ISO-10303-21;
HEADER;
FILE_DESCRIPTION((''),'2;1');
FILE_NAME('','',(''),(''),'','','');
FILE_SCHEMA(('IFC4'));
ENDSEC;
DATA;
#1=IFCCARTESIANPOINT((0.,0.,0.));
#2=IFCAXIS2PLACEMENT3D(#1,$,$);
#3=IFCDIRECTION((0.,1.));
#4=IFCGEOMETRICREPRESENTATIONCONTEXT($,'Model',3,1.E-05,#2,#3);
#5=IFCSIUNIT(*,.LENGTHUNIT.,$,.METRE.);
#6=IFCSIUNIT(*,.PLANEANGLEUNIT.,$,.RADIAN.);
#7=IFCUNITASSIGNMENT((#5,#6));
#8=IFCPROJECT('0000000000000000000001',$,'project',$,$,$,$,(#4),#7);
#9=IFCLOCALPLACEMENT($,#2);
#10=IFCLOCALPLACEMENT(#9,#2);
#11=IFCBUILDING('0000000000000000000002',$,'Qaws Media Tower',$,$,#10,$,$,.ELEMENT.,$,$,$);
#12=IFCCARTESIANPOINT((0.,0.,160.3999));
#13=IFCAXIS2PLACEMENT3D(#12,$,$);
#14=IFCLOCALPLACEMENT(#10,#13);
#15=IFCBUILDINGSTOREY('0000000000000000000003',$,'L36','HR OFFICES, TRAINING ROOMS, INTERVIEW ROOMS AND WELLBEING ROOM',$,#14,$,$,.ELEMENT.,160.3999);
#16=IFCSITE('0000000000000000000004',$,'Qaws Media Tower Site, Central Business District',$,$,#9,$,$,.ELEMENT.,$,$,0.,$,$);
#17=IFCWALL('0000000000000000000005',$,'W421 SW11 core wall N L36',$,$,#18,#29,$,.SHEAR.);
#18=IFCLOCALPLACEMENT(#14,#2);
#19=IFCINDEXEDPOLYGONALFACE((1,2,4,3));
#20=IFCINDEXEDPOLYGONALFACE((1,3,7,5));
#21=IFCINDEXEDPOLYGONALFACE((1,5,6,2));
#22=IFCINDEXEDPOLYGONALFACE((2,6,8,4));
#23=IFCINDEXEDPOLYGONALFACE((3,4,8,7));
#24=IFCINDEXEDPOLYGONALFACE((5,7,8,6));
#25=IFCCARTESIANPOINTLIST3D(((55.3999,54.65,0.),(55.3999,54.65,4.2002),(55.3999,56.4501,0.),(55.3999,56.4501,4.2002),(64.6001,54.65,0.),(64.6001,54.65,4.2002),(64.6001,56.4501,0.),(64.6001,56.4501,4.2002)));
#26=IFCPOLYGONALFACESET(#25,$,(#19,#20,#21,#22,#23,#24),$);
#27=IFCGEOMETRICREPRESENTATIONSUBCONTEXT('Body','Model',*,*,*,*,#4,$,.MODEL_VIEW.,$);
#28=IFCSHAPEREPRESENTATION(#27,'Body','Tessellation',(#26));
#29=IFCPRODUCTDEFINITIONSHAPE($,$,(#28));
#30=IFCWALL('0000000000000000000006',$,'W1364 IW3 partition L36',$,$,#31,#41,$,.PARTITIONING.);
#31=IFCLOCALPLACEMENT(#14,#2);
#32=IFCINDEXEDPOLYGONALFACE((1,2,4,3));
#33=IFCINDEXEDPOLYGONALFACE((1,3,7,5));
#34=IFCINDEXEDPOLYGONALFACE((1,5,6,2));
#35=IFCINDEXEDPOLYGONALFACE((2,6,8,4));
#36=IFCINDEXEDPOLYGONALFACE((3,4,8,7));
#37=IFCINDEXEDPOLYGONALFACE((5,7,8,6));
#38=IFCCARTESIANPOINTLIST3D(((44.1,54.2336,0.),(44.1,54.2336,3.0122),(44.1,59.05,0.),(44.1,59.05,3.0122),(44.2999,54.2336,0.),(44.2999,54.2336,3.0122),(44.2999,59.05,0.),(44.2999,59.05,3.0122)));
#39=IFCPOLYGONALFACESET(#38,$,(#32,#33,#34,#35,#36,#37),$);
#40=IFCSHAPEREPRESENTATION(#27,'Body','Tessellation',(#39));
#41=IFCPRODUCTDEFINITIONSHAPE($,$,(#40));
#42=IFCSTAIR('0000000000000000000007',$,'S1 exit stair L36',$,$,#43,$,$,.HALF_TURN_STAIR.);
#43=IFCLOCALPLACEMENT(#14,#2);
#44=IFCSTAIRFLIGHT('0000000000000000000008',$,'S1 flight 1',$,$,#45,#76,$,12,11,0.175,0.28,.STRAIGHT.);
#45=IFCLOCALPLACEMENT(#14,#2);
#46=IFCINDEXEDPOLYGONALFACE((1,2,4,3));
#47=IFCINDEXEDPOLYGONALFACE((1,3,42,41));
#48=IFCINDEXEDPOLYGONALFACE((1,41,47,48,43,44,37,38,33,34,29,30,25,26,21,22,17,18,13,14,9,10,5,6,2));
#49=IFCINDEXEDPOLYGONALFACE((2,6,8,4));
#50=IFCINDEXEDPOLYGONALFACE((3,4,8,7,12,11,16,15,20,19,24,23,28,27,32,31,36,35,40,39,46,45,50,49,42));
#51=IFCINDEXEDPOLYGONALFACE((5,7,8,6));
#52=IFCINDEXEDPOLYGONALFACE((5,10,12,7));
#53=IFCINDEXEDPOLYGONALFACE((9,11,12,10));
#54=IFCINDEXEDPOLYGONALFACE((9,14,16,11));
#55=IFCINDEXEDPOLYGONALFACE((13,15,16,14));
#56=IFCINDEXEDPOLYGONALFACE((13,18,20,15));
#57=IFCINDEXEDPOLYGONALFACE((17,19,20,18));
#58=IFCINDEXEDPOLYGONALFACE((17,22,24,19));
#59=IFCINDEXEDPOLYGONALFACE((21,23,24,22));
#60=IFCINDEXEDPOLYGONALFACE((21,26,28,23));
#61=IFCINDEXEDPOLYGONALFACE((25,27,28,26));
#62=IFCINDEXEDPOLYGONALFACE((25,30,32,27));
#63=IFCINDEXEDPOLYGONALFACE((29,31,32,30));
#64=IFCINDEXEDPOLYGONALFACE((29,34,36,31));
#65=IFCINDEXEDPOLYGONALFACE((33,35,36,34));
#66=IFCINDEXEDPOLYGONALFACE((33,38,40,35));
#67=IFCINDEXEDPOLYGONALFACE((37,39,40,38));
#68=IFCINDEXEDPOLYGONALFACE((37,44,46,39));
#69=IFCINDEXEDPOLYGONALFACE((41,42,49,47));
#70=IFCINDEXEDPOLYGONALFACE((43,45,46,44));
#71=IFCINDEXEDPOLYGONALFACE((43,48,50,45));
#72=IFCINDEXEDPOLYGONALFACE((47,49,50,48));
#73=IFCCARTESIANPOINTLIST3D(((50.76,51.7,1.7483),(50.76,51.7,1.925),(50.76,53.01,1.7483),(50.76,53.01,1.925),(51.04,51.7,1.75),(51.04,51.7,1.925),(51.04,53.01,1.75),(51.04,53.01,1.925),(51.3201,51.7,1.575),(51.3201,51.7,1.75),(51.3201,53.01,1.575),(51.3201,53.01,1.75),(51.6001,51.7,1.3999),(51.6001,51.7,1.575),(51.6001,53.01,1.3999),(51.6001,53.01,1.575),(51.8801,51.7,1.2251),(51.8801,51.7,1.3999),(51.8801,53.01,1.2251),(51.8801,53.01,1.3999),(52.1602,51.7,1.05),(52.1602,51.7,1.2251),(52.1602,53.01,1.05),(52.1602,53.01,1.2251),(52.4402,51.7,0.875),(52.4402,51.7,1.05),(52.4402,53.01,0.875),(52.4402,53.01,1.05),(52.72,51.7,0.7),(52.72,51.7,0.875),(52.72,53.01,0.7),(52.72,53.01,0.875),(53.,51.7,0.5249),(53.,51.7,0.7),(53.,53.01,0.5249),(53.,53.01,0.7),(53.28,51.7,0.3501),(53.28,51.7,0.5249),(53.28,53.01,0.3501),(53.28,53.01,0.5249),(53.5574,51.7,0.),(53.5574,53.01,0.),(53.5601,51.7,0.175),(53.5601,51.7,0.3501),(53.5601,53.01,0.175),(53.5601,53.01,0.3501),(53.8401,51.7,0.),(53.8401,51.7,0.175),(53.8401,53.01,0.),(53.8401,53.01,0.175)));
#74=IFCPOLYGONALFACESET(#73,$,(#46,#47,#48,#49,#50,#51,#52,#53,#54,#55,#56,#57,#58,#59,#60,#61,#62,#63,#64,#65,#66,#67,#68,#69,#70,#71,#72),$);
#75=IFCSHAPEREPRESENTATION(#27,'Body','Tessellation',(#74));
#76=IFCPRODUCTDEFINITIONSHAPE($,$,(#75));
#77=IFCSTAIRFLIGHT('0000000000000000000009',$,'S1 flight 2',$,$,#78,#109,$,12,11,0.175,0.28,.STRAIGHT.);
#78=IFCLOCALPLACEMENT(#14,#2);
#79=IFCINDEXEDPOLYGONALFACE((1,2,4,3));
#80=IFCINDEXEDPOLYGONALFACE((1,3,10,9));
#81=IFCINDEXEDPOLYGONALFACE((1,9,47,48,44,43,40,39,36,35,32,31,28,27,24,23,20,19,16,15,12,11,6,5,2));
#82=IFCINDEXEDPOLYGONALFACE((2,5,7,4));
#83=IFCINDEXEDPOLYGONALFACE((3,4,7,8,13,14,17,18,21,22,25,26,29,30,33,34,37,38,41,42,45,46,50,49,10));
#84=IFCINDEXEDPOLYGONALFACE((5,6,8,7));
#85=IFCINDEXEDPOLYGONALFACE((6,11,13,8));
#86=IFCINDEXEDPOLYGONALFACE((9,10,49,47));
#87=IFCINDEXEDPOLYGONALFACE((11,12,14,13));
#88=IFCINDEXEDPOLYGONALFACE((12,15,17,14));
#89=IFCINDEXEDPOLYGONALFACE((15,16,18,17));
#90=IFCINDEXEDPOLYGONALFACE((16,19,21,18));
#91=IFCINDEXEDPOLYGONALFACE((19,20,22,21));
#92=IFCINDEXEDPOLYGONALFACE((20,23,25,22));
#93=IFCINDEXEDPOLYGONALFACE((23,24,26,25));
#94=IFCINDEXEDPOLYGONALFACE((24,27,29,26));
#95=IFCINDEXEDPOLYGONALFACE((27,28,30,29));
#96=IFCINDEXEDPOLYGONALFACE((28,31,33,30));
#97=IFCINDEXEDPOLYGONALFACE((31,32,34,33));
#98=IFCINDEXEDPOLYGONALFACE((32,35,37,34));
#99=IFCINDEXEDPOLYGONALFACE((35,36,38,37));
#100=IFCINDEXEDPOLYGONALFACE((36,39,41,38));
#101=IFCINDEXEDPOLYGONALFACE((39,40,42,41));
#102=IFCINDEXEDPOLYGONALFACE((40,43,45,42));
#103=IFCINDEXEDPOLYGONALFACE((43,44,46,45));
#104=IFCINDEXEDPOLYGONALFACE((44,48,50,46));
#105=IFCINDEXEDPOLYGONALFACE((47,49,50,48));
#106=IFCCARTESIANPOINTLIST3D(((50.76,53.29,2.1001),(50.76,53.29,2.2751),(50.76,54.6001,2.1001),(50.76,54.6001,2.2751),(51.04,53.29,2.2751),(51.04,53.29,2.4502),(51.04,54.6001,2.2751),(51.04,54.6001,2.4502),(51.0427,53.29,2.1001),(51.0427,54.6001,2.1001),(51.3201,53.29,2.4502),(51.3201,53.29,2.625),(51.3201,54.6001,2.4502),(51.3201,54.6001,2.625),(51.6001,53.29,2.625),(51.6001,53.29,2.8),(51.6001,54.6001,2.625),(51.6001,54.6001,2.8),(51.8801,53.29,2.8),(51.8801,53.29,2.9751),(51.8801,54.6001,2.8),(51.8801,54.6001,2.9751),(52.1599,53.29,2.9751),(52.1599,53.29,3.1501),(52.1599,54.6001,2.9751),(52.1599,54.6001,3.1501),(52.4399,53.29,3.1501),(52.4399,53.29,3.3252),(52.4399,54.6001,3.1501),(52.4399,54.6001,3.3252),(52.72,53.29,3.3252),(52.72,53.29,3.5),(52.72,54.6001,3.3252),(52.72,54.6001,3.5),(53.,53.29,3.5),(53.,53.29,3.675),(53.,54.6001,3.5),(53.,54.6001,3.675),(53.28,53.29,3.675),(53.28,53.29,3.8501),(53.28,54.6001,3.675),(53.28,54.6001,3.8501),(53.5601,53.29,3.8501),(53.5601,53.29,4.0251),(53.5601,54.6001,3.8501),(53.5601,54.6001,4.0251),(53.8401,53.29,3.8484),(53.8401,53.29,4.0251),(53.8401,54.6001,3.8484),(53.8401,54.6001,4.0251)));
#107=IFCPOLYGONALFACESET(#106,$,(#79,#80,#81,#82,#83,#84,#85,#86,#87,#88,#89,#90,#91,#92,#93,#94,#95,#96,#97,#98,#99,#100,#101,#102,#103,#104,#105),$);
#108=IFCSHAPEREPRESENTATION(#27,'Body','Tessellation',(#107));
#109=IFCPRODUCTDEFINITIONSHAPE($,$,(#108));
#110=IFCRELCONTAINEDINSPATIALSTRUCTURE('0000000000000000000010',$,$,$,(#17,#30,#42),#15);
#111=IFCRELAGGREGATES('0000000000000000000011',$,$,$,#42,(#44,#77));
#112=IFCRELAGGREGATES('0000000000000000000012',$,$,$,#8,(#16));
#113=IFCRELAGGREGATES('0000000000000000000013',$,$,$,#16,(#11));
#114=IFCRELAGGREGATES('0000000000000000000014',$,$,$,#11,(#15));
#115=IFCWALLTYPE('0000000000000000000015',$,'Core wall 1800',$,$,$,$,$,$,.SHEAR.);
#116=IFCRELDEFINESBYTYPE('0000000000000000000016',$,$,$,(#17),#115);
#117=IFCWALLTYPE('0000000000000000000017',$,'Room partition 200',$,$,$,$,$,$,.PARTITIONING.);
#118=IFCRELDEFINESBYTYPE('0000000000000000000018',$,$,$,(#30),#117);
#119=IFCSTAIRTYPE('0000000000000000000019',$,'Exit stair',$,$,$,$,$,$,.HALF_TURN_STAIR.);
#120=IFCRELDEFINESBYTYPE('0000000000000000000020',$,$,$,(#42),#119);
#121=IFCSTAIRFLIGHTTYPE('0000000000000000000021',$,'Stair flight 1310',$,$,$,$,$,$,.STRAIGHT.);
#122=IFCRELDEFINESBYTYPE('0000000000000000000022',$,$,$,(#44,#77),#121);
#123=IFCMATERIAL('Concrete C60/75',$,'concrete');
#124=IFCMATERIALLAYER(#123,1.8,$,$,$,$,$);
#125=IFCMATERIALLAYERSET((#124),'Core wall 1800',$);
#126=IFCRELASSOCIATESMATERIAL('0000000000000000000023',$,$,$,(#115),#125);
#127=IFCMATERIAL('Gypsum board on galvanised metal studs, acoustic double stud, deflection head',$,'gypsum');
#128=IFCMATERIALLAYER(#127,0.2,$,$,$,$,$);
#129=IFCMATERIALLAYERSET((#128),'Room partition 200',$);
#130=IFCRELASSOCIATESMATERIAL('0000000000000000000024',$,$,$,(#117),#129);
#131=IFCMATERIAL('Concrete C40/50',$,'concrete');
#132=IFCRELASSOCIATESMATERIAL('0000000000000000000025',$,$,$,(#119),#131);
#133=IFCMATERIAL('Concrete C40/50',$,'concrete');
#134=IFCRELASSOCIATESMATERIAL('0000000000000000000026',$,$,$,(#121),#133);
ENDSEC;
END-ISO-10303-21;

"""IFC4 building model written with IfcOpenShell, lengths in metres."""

from ifc_helpers import new_model, si_unit, direction, frame, frame_2d, origin, place, context, subcontext, project, spatial, polyline, rectangle, outline, extrude, material, layer, layer_set, type_object, element, aggregate, save


model = new_model("IFC4")

# Units and contexts
model_context = context("Model", 3, precision=1e-05, world=origin(), true_north=direction((0.0, 1.0)))
body_context = subcontext(model_context, "Body", "Model", "MODEL_VIEW")
ifc_project = project(units=[si_unit("LENGTHUNIT", "METRE"), si_unit("PLANEANGLEUNIT", "RADIAN")], contexts=[model_context])

# Site, building, storey
site_placement = place(None, origin())
site = spatial("IfcSite", under=ifc_project, at=site_placement, Name="Qaws Media Tower Site, Central Business District", CompositionType="ELEMENT", RefElevation=0.0)
building_placement = place(site_placement, origin())
building = spatial("IfcBuilding", under=site, at=building_placement, Name="Qaws Media Tower", CompositionType="ELEMENT")
storey_placement = place(building_placement, frame((0.0, 0.0, 160.3999)))
storey = spatial("IfcBuildingStorey", under=building, at=storey_placement, Name="L36", Description="HR OFFICES, TRAINING ROOMS, INTERVIEW ROOMS AND WELLBEING ROOM", CompositionType="ELEMENT", Elevation=160.3999)

# Walls
ifc_material_1 = material(Name="Concrete C60/75", Category="concrete")
ifc_layer_1 = layer(ifc_material_1, 1.8)
ifc_layer_set_1 = layer_set([ifc_layer_1], Name="Core wall 1800")
wall_type_1 = type_object("IfcWallType", Name="Core wall 1800", PredefinedType="SHEAR", material=ifc_layer_set_1)
wall_1_placement = place(storey_placement, frame((55.3999, 55.55, 0.0), z_axis=(0.0, 0.0, 1.0), x_axis=(1.0, 0.0, 0.0)))
element("IfcWall", 1, at=wall_1_placement, inside=storey, type_object=wall_type_1, Name="W421 SW11 core wall N L36", PredefinedType="SHEAR", context=body_context, shape_type="SweptSolid", body=[
    extrude(rectangle(XDim=9.2002, YDim=1.8, at=frame_2d((4.6001, 0.0))), origin(), (0.0, 0.0, 1.0), 4.2002),
])
ifc_material_2 = material(Name="Gypsum board on galvanised metal studs, acoustic double stud, deflection head", Category="gypsum")
ifc_layer_2 = layer(ifc_material_2, 0.2)
ifc_layer_set_2 = layer_set([ifc_layer_2], Name="Room partition 200")
wall_type_2 = type_object("IfcWallType", Name="Room partition 200", PredefinedType="PARTITIONING", material=ifc_layer_set_2)
wall_2_placement = place(storey_placement, frame((44.2, 54.2336, 0.0), z_axis=(0.0, 0.0, 1.0), x_axis=(0.0, 1.0, 0.0)))
element("IfcWall", 2, at=wall_2_placement, inside=storey, type_object=wall_type_2, Name="W1364 IW3 partition L36", PredefinedType="PARTITIONING", context=body_context, shape_type="SweptSolid", body=[
    extrude(rectangle(XDim=4.8164, YDim=0.2, at=frame_2d((2.4082, 0.0))), origin(), (0.0, 0.0, 1.0), 3.0122),
])

# Stair, stair flights
ifc_material_3 = material(Name="Concrete C40/50", Category="concrete")
stair_type = type_object("IfcStairType", Name="Exit stair", PredefinedType="HALF_TURN_STAIR", material=ifc_material_3)
stair_placement = place(storey_placement, origin())
stair = element("IfcStair", 3, at=stair_placement, inside=storey, type_object=stair_type, Name="S1 exit stair L36", PredefinedType="HALF_TURN_STAIR")
ifc_material_4 = material(Name="Concrete C40/50", Category="concrete")
stair_flight_type = type_object("IfcStairFlightType", Name="Stair flight 1310", PredefinedType="STRAIGHT", material=ifc_material_4)
stair_flight_1_placement = place(storey_placement, frame((53.8401, 52.355, 0.0), z_axis=(0.0, 0.0, 1.0), x_axis=(-1.0, 0.0, 0.0)))
stair_flight_1 = element("IfcStairFlight", 4, at=stair_flight_1_placement, type_object=stair_flight_type, Name="S1 flight 1", NumberOfRisers=12, NumberOfTreads=11, PredefinedType="STRAIGHT", RiserHeight=0.175, TreadLength=0.28, context=body_context, shape_type="SweptSolid", body=[
    extrude(outline(polyline([(0.0, 0.0), (0.0, 0.175), (0.28, 0.175), (0.28, 0.3501), (0.5601, 0.3501), (0.5601, 0.5249), (0.8401, 0.5249), (0.8401, 0.7), (1.1201, 0.7), (1.1201, 0.875), (1.3999, 0.875), (1.3999, 1.05), (1.6799, 1.05), (1.6799, 1.2251), (1.96, 1.2251), (1.96, 1.3999), (2.24, 1.3999), (2.24, 1.575), (2.52, 1.575), (2.52, 1.75), (2.8, 1.75), (2.8, 1.925), (3.0801, 1.925), (3.0801, 2.1001), (3.0801, 1.7483), (0.2827, 0.0), (0.0, 0.0)])), frame((0.0, 0.655, 0.0), z_axis=(0.0, -1.0, 0.0), x_axis=(1.0, 0.0, 0.0)), (0.0, 0.0, 1.0), 1.3101),
])
stair_flight_2_placement = place(storey_placement, frame((50.76, 53.9451, 2.1001), z_axis=(0.0, 0.0, 1.0), x_axis=(1.0, 0.0, 0.0)))
stair_flight_2 = element("IfcStairFlight", 5, at=stair_flight_2_placement, type_object=stair_flight_type, Name="S1 flight 2", NumberOfRisers=12, NumberOfTreads=11, PredefinedType="STRAIGHT", RiserHeight=0.175, TreadLength=0.28, context=body_context, shape_type="SweptSolid", body=[
    extrude(outline(polyline([(0.0, 0.0), (0.0, 0.175), (0.28, 0.175), (0.28, 0.3501), (0.5601, 0.3501), (0.5601, 0.5249), (0.8401, 0.5249), (0.8401, 0.7), (1.1201, 0.7), (1.1201, 0.875), (1.3999, 0.875), (1.3999, 1.05), (1.6799, 1.05), (1.6799, 1.2251), (1.96, 1.2251), (1.96, 1.3999), (2.24, 1.3999), (2.24, 1.575), (2.52, 1.575), (2.52, 1.75), (2.8, 1.75), (2.8, 1.925), (3.0801, 1.925), (3.0801, 2.1001), (3.0801, 1.7483), (0.2827, 0.0), (0.0, 0.0)])), frame((0.0, 0.655, 0.0), z_axis=(0.0, -1.0, 0.0), x_axis=(1.0, 0.0, 0.0)), (0.0, 0.0, 1.0), 1.3101),
])
aggregate(stair, [stair_flight_1, stair_flight_2])

save(model, "model.ifc")
